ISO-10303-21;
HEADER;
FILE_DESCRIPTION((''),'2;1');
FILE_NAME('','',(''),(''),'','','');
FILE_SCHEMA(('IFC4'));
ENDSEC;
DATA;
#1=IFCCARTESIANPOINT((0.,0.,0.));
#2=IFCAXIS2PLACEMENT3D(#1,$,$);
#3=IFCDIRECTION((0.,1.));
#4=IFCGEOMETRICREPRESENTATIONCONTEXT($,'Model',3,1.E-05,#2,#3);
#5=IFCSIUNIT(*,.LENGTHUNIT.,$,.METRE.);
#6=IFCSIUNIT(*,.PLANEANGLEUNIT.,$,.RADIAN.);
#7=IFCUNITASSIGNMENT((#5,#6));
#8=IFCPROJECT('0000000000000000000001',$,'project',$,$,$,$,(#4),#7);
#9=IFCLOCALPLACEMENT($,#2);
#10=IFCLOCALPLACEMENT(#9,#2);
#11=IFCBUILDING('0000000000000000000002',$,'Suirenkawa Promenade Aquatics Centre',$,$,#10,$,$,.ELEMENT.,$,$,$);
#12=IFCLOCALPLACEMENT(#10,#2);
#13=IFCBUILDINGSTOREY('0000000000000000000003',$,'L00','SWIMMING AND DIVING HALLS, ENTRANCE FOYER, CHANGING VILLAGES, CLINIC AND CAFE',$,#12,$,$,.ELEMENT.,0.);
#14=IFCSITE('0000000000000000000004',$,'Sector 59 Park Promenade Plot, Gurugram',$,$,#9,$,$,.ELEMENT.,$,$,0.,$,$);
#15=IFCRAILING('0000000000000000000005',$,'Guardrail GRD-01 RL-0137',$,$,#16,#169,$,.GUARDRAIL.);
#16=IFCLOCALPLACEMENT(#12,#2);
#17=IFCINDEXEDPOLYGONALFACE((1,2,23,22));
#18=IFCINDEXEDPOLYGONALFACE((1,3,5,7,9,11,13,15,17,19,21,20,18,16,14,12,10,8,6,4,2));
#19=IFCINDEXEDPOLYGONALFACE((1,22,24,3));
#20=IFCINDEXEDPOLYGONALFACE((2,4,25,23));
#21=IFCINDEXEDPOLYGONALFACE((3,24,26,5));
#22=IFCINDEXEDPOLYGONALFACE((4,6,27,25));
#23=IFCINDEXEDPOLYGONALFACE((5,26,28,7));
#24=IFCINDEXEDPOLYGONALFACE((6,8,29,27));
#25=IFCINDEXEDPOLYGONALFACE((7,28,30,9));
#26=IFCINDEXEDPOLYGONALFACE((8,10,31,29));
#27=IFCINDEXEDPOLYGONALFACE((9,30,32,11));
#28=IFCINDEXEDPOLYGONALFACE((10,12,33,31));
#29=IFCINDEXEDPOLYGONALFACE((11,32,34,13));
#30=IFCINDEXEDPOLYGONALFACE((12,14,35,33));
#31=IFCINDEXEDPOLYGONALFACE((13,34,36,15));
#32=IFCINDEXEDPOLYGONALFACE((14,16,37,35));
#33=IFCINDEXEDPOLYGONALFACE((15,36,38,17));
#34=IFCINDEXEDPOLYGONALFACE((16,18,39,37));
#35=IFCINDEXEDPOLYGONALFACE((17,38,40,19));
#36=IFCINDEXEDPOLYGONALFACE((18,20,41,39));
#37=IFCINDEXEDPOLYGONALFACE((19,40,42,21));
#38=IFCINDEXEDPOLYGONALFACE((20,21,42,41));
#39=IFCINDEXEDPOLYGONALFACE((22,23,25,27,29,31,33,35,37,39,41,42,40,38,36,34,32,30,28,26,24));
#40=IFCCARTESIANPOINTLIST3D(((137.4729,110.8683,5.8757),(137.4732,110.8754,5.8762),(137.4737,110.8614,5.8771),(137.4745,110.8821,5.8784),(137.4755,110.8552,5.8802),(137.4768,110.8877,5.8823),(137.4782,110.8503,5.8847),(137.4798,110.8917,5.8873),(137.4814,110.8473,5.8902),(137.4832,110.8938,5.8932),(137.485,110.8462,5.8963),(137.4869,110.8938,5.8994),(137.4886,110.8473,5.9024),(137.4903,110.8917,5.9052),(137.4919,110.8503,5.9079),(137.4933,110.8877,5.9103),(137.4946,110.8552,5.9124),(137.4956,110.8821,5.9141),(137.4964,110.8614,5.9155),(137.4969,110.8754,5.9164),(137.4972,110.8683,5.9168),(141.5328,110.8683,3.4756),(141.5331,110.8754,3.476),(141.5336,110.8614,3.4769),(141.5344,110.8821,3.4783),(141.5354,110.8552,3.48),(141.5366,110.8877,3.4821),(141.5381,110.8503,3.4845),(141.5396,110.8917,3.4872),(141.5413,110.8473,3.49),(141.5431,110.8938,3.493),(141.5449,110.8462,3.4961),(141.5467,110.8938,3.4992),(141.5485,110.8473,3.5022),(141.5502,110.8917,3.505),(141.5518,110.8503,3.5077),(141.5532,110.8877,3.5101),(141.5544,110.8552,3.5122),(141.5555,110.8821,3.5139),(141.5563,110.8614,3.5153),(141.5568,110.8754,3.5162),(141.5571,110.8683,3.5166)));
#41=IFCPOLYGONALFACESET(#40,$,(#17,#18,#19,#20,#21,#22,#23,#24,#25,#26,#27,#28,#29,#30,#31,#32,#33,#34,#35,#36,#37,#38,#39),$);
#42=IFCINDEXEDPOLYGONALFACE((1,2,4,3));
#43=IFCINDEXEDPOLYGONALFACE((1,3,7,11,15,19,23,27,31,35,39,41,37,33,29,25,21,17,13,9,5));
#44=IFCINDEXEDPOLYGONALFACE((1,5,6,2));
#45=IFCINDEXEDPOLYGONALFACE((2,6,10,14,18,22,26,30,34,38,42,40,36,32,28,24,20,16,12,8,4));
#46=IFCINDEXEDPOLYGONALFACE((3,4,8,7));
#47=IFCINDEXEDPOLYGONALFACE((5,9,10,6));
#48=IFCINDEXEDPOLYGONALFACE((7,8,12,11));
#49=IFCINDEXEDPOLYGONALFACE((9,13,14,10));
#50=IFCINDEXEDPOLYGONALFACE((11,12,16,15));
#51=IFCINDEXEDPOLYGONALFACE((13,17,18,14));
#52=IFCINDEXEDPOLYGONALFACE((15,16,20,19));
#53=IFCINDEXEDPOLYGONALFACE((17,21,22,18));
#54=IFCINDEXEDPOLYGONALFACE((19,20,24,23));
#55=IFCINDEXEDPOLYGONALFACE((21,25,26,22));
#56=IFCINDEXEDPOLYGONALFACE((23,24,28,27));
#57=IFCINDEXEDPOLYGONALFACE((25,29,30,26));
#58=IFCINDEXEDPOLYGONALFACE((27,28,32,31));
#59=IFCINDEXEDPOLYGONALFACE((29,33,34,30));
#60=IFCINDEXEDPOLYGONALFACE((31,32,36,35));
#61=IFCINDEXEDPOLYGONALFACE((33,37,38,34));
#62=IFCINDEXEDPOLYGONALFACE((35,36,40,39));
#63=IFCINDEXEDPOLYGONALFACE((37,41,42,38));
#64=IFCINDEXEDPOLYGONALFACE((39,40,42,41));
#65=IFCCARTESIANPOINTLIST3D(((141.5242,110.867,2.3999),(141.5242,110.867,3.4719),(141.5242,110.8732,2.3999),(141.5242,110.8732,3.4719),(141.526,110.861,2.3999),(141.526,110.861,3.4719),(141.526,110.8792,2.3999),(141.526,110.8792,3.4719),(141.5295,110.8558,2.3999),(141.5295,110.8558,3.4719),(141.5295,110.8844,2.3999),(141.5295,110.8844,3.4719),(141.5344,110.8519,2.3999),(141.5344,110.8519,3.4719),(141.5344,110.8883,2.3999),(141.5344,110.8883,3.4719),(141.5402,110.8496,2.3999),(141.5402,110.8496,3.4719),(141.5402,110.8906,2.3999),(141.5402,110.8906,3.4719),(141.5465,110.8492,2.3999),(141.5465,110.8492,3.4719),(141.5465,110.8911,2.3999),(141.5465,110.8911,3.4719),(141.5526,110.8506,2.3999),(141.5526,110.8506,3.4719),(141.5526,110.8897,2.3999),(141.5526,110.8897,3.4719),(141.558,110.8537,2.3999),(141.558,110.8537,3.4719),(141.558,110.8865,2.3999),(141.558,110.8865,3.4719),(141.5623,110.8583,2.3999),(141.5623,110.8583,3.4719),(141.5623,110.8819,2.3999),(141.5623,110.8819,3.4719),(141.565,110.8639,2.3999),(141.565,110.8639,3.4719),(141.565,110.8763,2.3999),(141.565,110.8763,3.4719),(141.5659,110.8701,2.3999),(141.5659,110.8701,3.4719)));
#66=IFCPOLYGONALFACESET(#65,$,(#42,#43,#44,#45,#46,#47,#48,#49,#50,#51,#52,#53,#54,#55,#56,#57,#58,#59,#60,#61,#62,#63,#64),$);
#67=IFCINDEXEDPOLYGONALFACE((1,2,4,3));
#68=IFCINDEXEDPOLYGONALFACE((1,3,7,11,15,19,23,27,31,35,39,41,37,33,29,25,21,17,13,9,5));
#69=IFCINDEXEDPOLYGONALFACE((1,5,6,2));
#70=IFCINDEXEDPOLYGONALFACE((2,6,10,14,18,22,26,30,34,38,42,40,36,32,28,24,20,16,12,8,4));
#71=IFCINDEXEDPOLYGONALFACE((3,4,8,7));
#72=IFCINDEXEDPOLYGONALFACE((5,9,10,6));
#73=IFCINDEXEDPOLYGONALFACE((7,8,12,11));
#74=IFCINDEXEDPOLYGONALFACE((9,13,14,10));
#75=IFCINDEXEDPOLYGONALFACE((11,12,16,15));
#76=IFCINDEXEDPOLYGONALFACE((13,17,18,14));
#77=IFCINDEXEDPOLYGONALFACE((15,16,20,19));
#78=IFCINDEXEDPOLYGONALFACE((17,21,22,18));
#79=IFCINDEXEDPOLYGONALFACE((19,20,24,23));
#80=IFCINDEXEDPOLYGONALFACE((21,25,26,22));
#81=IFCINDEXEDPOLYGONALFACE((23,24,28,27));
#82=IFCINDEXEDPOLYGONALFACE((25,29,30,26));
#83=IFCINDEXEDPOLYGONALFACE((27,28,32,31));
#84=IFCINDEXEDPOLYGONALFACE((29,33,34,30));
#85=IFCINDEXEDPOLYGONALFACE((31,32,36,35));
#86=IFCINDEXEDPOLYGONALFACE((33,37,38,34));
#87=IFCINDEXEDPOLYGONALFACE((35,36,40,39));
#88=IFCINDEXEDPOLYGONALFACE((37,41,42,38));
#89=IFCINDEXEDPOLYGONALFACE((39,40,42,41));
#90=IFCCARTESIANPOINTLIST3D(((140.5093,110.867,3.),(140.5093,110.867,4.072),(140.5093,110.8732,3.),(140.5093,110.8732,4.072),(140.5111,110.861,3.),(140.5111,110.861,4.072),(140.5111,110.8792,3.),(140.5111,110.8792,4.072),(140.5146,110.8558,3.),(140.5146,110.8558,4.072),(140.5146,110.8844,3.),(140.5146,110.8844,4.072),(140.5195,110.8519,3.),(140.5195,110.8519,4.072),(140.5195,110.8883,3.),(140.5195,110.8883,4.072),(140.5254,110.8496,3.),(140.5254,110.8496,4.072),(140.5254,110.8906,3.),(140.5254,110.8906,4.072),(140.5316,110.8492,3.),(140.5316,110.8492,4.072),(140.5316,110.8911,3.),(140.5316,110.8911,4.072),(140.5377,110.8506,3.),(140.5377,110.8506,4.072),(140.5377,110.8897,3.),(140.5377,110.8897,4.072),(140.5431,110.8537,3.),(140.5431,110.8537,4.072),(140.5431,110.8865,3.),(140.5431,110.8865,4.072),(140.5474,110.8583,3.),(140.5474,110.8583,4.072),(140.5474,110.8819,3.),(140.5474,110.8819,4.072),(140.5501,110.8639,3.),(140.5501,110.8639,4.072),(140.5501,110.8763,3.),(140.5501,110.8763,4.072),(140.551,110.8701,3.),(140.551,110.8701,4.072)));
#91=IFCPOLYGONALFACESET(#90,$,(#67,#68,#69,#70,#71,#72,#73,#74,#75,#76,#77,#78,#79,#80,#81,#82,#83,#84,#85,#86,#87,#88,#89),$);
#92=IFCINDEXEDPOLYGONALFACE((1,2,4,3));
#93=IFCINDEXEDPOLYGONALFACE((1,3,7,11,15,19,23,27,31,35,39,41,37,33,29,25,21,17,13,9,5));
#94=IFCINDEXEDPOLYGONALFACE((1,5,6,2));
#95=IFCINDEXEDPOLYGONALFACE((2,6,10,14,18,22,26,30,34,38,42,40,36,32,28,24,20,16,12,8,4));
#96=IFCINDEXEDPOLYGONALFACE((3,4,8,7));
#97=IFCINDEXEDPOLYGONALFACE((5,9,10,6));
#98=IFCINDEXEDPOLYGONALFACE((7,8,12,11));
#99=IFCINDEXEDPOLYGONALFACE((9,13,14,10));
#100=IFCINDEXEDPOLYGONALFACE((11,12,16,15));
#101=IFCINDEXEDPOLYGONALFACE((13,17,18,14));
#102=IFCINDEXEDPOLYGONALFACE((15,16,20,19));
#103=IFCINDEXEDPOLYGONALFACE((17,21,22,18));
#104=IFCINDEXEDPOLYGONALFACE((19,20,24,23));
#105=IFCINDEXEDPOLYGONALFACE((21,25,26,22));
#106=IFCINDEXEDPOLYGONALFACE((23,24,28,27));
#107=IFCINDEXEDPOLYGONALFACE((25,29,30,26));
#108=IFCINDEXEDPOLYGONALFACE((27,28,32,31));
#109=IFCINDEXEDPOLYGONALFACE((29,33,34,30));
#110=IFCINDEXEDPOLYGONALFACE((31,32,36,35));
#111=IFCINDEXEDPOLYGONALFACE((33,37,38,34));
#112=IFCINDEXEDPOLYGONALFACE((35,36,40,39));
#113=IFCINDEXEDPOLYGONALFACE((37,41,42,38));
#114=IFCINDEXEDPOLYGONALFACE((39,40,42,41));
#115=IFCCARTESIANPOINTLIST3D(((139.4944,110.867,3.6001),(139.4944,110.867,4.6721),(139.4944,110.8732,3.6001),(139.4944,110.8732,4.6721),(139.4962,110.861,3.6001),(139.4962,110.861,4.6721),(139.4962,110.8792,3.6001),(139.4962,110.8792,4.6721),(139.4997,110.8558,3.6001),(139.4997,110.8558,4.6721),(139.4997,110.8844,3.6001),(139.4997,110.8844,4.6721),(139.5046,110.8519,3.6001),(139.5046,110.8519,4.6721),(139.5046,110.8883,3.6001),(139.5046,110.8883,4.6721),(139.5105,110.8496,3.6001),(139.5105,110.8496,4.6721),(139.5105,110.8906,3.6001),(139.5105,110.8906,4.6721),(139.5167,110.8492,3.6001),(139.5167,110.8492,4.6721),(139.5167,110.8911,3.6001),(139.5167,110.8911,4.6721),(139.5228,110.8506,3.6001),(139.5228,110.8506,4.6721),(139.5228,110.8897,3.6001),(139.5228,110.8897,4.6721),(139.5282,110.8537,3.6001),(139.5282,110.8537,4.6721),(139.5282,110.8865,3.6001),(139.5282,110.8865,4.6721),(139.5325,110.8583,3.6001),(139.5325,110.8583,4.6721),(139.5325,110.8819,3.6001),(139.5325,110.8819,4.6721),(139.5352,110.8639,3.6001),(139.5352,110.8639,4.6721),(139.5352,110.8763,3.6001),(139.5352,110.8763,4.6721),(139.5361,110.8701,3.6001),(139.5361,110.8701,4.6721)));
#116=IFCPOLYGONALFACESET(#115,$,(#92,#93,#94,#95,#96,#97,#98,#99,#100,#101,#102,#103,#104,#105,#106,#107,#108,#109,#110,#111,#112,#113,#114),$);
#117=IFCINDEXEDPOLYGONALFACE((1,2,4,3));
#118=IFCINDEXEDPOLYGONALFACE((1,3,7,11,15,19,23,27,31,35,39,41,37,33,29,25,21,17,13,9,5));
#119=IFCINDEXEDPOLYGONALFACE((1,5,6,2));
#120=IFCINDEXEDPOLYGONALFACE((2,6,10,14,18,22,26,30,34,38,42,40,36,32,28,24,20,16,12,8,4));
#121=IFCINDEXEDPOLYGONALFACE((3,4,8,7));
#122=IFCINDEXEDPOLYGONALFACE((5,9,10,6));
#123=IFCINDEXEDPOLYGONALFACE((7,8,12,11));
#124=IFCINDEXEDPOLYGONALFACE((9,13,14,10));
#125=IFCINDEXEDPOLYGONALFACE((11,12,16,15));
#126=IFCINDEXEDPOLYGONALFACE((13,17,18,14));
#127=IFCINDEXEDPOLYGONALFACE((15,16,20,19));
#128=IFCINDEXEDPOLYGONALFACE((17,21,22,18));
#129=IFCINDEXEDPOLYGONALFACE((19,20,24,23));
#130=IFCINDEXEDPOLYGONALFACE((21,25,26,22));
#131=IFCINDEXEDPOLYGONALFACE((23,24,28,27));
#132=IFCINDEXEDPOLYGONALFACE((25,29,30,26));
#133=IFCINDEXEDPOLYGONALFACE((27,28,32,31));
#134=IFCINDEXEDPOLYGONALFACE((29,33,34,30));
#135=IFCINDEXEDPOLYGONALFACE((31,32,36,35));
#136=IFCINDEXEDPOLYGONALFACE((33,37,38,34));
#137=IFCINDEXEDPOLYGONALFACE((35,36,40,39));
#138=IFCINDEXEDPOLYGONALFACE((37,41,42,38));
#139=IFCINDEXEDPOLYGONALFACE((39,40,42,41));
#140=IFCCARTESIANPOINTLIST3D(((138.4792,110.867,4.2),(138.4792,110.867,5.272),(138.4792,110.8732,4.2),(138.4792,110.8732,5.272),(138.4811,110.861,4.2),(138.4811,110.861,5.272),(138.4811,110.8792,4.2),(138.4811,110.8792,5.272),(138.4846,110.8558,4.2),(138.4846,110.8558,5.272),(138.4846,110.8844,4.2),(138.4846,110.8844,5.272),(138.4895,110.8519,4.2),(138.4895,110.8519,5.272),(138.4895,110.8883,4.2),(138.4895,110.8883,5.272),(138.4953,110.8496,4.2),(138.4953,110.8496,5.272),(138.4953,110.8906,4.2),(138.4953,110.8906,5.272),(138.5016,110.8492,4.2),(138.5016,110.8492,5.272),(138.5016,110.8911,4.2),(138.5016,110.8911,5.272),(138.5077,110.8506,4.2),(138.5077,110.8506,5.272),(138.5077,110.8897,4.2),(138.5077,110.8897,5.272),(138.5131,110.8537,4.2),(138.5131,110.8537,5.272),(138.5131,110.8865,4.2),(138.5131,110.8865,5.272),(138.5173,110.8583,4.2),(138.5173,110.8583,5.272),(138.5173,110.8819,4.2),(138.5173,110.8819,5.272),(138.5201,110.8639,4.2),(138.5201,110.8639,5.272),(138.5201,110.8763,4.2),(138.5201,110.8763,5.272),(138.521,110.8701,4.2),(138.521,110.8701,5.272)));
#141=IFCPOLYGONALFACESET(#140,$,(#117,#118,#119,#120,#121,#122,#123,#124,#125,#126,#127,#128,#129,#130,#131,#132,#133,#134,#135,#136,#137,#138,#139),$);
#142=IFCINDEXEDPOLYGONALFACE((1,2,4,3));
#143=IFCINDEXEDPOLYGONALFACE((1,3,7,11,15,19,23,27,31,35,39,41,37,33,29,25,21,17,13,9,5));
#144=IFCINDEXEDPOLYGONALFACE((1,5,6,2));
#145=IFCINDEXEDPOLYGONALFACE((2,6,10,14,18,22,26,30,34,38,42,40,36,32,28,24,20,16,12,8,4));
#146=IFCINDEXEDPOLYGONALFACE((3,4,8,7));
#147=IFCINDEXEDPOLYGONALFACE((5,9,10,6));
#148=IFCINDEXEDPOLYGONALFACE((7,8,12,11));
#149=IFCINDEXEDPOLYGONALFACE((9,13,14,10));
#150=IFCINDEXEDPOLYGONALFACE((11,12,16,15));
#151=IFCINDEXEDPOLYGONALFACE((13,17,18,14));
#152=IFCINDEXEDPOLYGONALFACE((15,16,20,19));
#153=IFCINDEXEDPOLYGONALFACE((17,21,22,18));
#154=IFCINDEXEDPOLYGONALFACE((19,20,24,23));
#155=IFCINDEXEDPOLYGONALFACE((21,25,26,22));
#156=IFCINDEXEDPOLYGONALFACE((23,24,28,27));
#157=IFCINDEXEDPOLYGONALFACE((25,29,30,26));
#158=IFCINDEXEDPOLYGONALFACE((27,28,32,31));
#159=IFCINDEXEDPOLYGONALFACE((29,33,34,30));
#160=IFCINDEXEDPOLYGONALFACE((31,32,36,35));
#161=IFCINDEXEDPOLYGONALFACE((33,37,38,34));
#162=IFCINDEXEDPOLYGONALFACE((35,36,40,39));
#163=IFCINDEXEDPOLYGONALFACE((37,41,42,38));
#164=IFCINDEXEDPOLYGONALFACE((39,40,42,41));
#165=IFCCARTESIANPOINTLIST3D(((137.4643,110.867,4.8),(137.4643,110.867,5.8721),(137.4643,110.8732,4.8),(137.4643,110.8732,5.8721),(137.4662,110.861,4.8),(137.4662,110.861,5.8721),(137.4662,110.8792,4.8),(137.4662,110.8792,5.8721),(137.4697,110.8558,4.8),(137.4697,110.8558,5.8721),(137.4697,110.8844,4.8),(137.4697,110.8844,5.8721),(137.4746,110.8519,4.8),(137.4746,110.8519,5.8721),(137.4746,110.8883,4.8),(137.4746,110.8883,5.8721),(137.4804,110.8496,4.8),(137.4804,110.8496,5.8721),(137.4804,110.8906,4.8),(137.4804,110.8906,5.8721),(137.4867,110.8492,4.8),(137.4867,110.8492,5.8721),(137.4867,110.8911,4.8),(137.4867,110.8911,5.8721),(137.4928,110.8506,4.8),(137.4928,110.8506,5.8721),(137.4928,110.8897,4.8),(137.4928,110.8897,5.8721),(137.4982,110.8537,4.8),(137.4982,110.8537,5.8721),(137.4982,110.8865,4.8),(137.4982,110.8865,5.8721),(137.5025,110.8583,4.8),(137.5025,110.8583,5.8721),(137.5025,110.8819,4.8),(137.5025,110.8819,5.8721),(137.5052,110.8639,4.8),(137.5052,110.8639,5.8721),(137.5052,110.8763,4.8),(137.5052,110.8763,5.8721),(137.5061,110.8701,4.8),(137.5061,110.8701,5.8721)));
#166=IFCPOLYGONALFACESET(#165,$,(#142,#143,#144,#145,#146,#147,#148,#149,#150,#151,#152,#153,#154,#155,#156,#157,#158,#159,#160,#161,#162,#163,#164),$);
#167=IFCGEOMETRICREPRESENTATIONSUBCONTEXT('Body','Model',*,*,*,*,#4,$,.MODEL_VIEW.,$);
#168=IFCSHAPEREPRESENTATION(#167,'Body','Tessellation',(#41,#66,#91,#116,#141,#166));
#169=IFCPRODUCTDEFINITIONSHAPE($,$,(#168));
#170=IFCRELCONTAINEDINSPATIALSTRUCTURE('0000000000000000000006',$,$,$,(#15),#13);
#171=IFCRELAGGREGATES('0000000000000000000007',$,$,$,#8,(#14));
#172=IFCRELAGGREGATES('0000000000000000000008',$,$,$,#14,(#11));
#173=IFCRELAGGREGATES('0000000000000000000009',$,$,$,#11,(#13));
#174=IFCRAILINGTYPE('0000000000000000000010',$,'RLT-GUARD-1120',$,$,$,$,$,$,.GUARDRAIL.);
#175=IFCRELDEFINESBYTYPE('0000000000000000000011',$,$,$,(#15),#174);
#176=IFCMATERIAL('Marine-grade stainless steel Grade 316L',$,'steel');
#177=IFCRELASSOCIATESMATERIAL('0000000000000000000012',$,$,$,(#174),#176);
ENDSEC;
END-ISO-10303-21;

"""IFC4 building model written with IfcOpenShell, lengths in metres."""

from ifc_helpers import new_model, si_unit, direction, frame, origin, origin_2d, place, context, subcontext, project, spatial, circle, extrude, material, type_object, element, save


model = new_model("IFC4")

# Units and contexts
model_context = context("Model", 3, precision=1e-05, world=origin(), true_north=direction((0.0, 1.0)))
body_context = subcontext(model_context, "Body", "Model", "MODEL_VIEW")
ifc_project = project(units=[si_unit("LENGTHUNIT", "METRE"), si_unit("PLANEANGLEUNIT", "RADIAN")], contexts=[model_context])

# Site, building, storey
site_placement = place(None, origin())
site = spatial("IfcSite", under=ifc_project, at=site_placement, Name="Sector 59 Park Promenade Plot, Gurugram", CompositionType="ELEMENT", RefElevation=0.0)
building_placement = place(site_placement, origin())
building = spatial("IfcBuilding", under=site, at=building_placement, Name="Suirenkawa Promenade Aquatics Centre", CompositionType="ELEMENT")
storey_placement = place(building_placement, origin())
storey = spatial("IfcBuildingStorey", under=building, at=storey_placement, Name="L00", Description="SWIMMING AND DIVING HALLS, ENTRANCE FOYER, CHANGING VILLAGES, CLINIC AND CAFE", CompositionType="ELEMENT", Elevation=0.0)

# Railing
ifc_material_1 = material(Name="Marine-grade stainless steel Grade 316L", Category="steel")
railing_type_1 = type_object("IfcRailingType", Name="RLT-GUARD-1120", PredefinedType="GUARDRAIL", material=ifc_material_1)
railing_1_placement = place(storey_placement, frame((141.5449, 110.8701, 2.3999)))
element("IfcRailing", 1, at=railing_1_placement, inside=storey, type_object=railing_type_1, Name="Guardrail GRD-01 RL-0137", PredefinedType="GUARDRAIL", context=body_context, shape_type="SweptSolid", body=[
    extrude(circle(Radius=0.0239, at=origin_2d()), frame((0.0, 0.0, 1.0962), z_axis=(-0.860818, 0.0, 0.508912), x_axis=(0.0, -1.0, 0.0)), (0.0, 0.0, 1.0), 4.7163),
    extrude(circle(Radius=0.021, at=origin_2d()), origin(), (0.0, 0.0, 1.0), 1.072),
    extrude(circle(Radius=0.021, at=origin_2d()), frame((-1.0149, 0.0, 0.6001)), (0.0, 0.0, 1.0), 1.072),
    extrude(circle(Radius=0.021, at=origin_2d()), frame((-2.0298, 0.0, 1.2002)), (0.0, 0.0, 1.0), 1.072),
    extrude(circle(Radius=0.021, at=origin_2d()), frame((-3.0449, 0.0, 1.8)), (0.0, 0.0, 1.0), 1.072),
    extrude(circle(Radius=0.021, at=origin_2d()), frame((-4.0598, 0.0, 2.4001)), (0.0, 0.0, 1.0), 1.072),
])

save(model, "model.ifc")
